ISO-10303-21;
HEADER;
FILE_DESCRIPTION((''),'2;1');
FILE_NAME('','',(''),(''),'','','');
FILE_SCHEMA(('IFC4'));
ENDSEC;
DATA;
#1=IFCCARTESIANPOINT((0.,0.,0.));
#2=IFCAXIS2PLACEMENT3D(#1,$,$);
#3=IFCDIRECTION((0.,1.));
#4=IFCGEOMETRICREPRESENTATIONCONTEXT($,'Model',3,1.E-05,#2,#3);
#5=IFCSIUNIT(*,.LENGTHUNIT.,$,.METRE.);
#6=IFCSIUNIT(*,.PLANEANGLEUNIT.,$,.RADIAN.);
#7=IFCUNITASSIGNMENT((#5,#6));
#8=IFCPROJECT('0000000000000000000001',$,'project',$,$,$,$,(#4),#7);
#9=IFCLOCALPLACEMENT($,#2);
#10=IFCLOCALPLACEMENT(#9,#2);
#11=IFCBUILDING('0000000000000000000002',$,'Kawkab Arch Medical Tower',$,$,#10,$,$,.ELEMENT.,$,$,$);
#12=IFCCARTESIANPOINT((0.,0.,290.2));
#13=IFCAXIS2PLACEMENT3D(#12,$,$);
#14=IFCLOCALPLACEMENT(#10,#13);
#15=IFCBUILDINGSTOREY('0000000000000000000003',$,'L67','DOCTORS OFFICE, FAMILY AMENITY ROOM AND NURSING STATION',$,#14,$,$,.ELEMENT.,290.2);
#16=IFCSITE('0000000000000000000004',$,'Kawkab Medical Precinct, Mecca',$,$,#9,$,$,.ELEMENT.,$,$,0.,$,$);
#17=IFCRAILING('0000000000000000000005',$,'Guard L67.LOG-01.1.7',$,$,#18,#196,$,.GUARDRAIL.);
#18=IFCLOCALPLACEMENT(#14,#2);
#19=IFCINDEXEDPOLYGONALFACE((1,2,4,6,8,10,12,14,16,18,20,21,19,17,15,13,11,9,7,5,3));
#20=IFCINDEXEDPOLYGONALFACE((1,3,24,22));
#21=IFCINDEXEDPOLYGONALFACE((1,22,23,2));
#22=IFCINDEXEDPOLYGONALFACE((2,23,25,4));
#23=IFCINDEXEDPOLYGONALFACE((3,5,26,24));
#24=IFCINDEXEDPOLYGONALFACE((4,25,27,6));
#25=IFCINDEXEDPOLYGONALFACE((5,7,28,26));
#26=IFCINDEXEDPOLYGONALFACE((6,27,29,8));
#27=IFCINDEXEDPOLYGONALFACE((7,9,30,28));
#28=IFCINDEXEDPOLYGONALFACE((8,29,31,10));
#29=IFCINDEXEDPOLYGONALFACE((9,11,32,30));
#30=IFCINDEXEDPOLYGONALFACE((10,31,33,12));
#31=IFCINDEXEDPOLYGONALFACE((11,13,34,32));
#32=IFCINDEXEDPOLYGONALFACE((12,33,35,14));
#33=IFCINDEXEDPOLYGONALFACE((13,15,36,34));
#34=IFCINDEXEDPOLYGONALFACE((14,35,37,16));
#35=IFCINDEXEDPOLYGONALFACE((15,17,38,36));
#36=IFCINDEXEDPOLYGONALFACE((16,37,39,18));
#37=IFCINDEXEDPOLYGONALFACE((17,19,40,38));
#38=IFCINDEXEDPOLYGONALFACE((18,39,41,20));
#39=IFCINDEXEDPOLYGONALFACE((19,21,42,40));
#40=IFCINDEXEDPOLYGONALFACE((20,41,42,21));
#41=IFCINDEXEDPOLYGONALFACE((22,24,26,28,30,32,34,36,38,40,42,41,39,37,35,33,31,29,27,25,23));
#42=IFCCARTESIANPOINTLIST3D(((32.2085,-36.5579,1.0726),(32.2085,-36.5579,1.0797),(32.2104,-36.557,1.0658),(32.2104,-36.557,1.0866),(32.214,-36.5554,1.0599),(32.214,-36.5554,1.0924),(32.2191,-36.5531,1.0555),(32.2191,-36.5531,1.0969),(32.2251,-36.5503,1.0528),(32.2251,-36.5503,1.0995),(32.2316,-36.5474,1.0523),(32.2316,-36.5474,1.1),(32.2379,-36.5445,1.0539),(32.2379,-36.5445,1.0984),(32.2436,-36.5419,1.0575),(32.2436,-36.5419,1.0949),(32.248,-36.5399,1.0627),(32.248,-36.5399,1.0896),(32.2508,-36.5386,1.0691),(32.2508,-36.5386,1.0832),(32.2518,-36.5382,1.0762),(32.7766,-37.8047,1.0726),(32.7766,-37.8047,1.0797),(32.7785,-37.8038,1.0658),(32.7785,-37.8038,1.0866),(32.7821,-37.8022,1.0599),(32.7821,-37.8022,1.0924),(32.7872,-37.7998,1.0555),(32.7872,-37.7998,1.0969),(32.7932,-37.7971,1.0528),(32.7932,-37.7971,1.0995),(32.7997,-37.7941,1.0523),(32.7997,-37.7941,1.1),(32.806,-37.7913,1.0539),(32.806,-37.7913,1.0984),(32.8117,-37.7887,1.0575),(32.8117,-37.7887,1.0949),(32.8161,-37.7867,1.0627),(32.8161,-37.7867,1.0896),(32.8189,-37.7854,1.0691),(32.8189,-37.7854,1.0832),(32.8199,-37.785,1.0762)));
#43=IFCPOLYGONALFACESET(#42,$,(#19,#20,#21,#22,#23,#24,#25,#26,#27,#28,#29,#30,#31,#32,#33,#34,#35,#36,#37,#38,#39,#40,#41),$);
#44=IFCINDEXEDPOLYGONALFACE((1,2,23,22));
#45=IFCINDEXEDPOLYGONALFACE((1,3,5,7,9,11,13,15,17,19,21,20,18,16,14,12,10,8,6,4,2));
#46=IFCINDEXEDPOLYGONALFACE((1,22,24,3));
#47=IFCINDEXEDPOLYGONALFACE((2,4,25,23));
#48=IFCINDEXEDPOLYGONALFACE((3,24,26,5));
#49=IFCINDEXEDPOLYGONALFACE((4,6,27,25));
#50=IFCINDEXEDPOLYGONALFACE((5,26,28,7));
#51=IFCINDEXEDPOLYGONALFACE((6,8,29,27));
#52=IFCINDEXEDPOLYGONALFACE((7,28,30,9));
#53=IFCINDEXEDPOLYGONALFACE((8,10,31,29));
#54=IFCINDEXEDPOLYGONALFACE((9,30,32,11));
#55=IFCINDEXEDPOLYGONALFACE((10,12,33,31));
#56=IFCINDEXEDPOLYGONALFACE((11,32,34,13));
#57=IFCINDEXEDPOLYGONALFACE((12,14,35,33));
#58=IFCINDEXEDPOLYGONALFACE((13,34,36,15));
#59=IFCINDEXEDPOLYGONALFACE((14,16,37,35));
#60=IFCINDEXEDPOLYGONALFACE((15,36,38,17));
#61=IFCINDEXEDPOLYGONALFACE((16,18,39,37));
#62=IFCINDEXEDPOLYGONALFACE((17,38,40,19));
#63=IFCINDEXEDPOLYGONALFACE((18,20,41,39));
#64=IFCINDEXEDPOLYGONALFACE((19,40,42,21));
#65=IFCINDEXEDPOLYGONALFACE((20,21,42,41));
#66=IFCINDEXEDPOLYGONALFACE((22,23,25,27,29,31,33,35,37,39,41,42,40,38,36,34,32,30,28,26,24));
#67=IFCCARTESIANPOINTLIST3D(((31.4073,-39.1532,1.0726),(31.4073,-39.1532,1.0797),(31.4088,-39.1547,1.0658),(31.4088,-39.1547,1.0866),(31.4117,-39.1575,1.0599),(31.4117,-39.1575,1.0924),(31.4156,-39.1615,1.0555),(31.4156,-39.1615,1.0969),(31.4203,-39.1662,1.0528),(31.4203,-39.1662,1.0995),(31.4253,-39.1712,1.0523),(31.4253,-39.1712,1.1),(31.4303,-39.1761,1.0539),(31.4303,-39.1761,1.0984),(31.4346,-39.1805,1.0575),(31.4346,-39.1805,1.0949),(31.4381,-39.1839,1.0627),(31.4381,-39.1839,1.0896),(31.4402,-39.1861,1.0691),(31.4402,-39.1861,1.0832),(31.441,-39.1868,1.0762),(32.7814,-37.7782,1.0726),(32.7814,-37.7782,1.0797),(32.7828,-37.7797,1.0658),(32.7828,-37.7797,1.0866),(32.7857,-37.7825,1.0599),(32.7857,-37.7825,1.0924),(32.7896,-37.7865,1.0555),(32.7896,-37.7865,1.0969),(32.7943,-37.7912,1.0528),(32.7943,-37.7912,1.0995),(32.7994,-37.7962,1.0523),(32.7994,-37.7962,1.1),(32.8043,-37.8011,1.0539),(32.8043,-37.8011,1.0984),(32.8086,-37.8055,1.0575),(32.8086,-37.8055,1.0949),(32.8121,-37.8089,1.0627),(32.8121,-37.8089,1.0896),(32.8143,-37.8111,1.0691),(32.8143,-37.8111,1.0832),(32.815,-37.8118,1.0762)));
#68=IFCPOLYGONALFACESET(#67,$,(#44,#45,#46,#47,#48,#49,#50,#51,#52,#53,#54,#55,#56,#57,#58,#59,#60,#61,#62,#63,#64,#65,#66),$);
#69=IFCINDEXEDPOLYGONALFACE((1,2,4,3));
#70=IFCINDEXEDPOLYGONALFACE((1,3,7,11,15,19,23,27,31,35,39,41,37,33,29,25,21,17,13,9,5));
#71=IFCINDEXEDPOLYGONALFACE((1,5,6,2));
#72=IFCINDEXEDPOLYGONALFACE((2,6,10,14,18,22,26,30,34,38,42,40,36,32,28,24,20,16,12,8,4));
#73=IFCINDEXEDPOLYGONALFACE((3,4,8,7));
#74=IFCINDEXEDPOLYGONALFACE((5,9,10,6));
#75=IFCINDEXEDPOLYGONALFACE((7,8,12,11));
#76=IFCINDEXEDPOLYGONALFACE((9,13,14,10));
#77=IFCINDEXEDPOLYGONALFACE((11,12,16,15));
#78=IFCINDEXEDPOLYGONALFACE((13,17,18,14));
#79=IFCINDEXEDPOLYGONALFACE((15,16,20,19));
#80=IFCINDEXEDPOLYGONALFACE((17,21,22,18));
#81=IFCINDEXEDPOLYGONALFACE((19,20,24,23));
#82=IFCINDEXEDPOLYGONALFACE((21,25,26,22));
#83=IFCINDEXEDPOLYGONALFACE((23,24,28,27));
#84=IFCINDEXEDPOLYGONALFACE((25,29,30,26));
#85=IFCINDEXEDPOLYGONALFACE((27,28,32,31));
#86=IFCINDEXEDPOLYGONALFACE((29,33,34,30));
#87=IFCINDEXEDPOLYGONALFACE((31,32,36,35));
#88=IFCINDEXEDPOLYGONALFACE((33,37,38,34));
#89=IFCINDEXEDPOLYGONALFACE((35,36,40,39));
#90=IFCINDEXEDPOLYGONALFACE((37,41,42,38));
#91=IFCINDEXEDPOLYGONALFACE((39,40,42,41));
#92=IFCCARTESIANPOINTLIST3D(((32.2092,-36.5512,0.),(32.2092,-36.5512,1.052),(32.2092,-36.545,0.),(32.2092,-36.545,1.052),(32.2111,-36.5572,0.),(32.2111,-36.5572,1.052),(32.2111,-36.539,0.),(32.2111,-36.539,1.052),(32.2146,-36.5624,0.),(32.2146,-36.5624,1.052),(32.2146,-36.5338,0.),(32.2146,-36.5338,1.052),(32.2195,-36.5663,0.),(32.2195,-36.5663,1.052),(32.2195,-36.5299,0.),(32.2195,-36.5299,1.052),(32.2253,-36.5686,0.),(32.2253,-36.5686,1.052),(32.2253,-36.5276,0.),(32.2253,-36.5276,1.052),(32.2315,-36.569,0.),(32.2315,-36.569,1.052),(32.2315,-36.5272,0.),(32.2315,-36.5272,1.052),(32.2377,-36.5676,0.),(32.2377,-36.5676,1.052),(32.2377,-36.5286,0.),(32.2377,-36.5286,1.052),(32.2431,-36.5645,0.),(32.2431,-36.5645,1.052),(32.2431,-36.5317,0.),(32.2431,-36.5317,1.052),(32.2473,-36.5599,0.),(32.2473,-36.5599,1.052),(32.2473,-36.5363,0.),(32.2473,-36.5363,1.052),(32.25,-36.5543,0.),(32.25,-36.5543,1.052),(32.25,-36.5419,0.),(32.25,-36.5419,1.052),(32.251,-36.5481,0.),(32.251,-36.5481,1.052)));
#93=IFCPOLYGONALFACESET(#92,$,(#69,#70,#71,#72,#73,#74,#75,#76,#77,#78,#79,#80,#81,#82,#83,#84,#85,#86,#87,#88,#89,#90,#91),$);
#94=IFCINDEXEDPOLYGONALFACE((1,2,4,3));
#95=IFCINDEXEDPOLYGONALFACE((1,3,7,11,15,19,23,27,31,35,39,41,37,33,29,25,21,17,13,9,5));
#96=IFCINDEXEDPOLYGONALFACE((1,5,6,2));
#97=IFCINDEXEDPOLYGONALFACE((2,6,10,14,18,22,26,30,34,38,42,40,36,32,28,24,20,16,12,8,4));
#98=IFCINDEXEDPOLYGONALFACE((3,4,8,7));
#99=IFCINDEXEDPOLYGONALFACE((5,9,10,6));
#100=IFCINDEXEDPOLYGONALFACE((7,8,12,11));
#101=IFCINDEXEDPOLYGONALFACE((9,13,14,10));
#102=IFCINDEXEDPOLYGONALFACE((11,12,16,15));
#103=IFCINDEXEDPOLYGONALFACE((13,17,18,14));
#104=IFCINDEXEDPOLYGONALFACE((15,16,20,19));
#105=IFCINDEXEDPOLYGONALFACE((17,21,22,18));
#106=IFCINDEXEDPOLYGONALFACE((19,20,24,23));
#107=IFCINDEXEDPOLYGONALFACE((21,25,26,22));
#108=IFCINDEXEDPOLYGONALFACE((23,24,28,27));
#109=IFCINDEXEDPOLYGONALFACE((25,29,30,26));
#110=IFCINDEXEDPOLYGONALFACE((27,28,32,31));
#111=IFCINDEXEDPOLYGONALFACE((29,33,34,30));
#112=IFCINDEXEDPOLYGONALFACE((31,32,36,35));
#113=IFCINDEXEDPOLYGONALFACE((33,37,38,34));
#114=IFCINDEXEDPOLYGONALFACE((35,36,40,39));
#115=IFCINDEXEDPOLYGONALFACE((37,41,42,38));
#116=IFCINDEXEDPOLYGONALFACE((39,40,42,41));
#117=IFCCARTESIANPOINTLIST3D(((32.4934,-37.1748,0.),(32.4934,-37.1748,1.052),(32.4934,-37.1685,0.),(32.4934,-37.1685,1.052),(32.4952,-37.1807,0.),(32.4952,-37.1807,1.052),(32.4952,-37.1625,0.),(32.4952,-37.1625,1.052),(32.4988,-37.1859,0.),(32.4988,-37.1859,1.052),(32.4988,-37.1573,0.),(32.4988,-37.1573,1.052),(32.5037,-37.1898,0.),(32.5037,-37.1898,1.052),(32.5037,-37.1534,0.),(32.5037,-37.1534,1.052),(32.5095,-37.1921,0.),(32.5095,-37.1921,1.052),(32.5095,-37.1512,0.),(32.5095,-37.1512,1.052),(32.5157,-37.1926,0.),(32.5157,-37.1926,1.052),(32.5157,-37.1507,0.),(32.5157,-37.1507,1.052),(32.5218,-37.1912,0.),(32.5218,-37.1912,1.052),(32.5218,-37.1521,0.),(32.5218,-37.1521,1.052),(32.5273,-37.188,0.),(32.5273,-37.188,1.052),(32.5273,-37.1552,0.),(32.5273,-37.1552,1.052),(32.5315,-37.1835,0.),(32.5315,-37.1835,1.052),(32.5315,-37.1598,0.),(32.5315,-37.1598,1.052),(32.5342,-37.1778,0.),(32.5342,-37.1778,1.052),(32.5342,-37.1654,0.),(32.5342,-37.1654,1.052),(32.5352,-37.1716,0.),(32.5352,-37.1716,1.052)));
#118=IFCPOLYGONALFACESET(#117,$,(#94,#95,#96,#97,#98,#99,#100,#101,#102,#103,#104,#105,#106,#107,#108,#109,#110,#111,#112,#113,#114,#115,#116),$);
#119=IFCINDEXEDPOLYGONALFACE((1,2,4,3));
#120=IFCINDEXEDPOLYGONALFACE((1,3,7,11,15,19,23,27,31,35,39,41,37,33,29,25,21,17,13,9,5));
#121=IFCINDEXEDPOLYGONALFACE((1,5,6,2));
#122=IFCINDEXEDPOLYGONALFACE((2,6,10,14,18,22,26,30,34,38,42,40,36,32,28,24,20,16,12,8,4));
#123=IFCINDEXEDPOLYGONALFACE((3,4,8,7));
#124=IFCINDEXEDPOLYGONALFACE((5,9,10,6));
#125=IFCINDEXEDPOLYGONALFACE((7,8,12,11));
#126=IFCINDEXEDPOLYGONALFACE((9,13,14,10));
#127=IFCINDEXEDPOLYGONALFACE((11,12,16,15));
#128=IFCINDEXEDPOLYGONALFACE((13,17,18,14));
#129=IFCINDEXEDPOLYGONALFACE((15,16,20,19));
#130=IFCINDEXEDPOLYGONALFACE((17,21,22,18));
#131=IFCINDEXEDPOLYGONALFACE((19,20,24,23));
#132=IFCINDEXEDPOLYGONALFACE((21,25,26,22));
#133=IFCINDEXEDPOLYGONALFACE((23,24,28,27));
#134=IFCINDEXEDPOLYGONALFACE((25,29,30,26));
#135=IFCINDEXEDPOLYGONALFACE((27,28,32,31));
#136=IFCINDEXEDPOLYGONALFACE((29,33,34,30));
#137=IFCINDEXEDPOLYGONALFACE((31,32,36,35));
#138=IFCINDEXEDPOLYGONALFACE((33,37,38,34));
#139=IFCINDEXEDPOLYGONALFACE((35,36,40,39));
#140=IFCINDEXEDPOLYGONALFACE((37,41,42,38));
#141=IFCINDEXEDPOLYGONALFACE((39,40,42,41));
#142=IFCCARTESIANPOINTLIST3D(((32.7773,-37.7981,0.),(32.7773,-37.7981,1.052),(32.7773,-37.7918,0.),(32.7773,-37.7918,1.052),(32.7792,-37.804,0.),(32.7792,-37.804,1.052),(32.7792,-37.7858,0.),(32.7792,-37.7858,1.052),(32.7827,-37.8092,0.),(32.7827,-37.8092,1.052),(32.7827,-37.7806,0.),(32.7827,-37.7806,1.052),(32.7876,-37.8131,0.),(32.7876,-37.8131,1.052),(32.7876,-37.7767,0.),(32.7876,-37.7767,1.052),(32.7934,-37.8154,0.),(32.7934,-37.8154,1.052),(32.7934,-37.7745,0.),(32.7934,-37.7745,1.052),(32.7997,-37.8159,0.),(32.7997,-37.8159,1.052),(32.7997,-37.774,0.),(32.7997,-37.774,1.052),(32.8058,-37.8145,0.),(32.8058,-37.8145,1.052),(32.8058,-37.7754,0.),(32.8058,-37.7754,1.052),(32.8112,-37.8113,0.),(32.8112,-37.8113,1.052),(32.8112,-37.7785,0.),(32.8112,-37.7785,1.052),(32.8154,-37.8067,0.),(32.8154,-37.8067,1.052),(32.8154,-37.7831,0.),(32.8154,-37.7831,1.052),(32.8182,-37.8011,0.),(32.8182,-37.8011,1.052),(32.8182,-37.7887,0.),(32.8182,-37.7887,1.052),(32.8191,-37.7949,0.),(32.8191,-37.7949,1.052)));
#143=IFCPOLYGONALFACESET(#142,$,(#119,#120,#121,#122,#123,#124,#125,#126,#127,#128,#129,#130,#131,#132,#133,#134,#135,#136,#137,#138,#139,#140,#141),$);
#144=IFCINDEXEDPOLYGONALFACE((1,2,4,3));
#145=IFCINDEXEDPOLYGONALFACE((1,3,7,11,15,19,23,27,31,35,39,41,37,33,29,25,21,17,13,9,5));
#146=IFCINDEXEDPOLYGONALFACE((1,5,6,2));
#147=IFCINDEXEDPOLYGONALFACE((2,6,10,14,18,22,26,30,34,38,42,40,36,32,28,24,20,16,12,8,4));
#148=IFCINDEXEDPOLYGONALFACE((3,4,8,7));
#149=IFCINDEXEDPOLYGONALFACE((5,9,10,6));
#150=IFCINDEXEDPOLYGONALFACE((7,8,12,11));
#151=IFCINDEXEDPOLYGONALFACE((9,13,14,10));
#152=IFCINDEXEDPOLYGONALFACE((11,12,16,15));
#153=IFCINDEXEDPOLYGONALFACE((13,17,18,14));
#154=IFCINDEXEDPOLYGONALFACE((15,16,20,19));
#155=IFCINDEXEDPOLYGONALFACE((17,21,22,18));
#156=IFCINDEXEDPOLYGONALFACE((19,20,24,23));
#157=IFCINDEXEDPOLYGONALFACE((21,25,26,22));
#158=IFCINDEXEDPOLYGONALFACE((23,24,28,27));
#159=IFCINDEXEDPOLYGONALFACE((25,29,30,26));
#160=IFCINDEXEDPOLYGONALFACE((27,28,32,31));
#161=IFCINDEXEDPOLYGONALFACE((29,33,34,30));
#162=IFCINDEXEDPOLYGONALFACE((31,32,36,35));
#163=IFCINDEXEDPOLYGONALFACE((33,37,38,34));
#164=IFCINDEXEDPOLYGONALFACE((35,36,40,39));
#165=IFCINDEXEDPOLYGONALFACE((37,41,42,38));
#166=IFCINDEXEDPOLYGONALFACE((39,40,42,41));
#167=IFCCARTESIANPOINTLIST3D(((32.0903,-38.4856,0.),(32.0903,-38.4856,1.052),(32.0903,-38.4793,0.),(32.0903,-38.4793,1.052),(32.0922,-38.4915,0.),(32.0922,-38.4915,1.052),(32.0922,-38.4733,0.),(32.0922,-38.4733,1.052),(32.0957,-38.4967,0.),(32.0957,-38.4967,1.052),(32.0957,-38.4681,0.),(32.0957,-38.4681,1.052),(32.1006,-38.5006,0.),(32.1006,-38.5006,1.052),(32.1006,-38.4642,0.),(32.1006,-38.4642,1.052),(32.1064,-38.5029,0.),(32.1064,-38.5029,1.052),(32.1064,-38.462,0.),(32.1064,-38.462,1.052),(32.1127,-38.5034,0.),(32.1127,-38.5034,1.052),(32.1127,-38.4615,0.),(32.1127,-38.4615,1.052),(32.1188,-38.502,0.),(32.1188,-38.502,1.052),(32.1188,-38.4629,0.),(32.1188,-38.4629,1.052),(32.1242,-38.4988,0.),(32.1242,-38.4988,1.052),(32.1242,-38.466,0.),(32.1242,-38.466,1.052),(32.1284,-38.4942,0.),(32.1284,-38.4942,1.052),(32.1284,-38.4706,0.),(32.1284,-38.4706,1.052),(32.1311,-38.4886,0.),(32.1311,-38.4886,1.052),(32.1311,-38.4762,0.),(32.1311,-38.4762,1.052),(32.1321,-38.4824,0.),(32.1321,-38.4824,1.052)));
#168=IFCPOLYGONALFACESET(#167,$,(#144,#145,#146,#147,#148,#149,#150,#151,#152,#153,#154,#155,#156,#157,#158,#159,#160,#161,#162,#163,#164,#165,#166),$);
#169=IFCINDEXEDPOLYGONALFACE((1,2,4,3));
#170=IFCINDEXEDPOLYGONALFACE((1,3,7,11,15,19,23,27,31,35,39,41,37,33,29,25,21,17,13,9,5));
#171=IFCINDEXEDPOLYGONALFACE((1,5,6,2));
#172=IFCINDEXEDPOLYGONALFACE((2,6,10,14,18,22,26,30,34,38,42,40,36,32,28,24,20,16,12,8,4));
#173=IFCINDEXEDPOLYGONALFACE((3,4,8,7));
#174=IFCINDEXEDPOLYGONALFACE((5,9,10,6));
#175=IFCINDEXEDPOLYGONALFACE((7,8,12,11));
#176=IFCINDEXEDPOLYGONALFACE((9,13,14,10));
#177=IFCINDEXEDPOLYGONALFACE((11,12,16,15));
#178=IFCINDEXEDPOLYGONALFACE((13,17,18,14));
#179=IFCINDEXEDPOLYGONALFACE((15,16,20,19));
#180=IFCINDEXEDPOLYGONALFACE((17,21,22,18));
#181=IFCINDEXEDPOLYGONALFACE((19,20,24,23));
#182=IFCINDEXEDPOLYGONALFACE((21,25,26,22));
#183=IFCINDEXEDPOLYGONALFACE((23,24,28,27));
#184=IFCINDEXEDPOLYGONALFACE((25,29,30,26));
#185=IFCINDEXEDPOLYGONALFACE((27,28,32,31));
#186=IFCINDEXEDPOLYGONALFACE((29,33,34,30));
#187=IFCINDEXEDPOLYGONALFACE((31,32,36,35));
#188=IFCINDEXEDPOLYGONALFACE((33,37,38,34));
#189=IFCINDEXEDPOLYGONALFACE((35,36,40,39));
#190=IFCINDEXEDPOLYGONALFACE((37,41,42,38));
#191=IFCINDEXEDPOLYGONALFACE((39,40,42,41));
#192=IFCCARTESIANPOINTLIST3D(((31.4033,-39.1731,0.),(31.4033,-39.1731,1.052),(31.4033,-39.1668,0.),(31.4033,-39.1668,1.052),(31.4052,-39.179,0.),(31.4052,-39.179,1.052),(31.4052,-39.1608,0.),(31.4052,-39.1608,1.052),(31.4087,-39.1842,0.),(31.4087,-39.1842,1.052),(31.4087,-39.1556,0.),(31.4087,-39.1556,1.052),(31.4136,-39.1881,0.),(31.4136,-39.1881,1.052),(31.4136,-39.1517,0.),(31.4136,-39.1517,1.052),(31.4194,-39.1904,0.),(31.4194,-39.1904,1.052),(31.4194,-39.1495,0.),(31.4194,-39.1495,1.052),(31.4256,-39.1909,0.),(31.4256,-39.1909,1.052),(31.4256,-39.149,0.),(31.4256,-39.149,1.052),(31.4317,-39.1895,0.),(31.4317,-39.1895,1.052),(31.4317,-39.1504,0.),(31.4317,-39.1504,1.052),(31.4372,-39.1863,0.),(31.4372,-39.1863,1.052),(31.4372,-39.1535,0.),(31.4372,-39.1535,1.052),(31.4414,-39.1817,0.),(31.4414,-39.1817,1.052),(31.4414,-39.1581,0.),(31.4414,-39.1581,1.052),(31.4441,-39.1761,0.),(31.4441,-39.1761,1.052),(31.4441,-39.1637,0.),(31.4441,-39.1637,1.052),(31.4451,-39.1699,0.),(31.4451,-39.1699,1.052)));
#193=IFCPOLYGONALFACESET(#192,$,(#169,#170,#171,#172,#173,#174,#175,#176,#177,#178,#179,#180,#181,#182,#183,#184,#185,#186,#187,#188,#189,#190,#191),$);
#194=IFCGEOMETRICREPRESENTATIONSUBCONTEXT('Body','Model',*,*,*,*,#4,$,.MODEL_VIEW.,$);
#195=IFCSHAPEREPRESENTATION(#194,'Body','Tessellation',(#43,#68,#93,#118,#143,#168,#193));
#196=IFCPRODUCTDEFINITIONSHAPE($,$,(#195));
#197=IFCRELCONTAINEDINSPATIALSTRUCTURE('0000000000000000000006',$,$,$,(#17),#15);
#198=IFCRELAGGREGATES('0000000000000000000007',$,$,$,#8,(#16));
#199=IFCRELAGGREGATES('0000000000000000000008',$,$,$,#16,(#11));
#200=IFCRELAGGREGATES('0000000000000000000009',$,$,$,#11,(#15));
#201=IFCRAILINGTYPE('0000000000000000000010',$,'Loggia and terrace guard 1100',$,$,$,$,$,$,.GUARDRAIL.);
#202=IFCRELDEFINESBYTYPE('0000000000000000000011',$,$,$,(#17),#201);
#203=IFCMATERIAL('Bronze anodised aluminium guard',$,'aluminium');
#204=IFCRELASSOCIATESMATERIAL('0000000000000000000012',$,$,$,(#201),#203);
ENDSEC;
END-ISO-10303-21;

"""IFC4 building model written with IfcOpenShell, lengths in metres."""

from ifc_helpers import new_model, si_unit, direction, frame, origin, origin_2d, place, context, subcontext, project, spatial, circle, extrude, material, type_object, element, save


model = new_model("IFC4")

# Units and contexts
model_context = context("Model", 3, precision=1e-05, world=origin(), true_north=direction((0.0, 1.0)))
body_context = subcontext(model_context, "Body", "Model", "MODEL_VIEW")
ifc_project = project(units=[si_unit("LENGTHUNIT", "METRE"), si_unit("PLANEANGLEUNIT", "RADIAN")], contexts=[model_context])

# Site, building, storey
site_placement = place(None, origin())
site = spatial("IfcSite", under=ifc_project, at=site_placement, Name="Kawkab Medical Precinct, Mecca", CompositionType="ELEMENT", RefElevation=0.0)
building_placement = place(site_placement, origin())
building = spatial("IfcBuilding", under=site, at=building_placement, Name="Kawkab Arch Medical Tower", CompositionType="ELEMENT")
storey_placement = place(building_placement, frame((0.0, 0.0, 290.2)))
storey = spatial("IfcBuildingStorey", under=building, at=storey_placement, Name="L67", Description="DOCTORS OFFICE, FAMILY AMENITY ROOM AND NURSING STATION", CompositionType="ELEMENT", Elevation=290.2)

# Railing
ifc_material_1 = material(Name="Bronze anodised aluminium guard", Category="aluminium")
railing_type = type_object("IfcRailingType", Name="Loggia and terrace guard 1100", PredefinedType="GUARDRAIL", material=ifc_material_1)
railing_placement = place(storey_placement, frame((32.23, -36.5481, 0.0)))
element("IfcRailing", 1, at=railing_placement, inside=storey, type_object=railing_type, Name="Guard L67.LOG-01.1.7", PredefinedType="GUARDRAIL", context=body_context, shape_type="SweptSolid", body=[
    extrude(circle(Radius=0.0239, at=origin_2d()), frame((0.0, 0.0, 1.0762), z_axis=(0.414635, -0.909988, 0.0), x_axis=(0.909988, 0.414635, 0.0)), (0.0, 0.0, 1.0), 1.3701),
    extrude(circle(Radius=0.0239, at=origin_2d()), frame((0.5681, -1.2468, 1.0762), z_axis=(-0.706856, -0.707358, 0.0), x_axis=(0.707358, -0.706856, 0.0)), (0.0, 0.0, 1.0), 1.9438),
    extrude(circle(Radius=0.021, at=origin_2d()), origin(), (0.0, 0.0, 1.0), 1.052),
    extrude(circle(Radius=0.021, at=origin_2d()), frame((0.2842, -0.6235, 0.0)), (0.0, 0.0, 1.0), 1.052),
    extrude(circle(Radius=0.021, at=origin_2d()), frame((0.5681, -1.2468, 0.0)), (0.0, 0.0, 1.0), 1.052),
    extrude(circle(Radius=0.021, at=origin_2d()), frame((-0.1189, -1.9343, 0.0)), (0.0, 0.0, 1.0), 1.052),
    extrude(circle(Radius=0.021, at=origin_2d()), frame((-0.8059, -2.6218, 0.0)), (0.0, 0.0, 1.0), 1.052),
])

save(model, "model.ifc")
